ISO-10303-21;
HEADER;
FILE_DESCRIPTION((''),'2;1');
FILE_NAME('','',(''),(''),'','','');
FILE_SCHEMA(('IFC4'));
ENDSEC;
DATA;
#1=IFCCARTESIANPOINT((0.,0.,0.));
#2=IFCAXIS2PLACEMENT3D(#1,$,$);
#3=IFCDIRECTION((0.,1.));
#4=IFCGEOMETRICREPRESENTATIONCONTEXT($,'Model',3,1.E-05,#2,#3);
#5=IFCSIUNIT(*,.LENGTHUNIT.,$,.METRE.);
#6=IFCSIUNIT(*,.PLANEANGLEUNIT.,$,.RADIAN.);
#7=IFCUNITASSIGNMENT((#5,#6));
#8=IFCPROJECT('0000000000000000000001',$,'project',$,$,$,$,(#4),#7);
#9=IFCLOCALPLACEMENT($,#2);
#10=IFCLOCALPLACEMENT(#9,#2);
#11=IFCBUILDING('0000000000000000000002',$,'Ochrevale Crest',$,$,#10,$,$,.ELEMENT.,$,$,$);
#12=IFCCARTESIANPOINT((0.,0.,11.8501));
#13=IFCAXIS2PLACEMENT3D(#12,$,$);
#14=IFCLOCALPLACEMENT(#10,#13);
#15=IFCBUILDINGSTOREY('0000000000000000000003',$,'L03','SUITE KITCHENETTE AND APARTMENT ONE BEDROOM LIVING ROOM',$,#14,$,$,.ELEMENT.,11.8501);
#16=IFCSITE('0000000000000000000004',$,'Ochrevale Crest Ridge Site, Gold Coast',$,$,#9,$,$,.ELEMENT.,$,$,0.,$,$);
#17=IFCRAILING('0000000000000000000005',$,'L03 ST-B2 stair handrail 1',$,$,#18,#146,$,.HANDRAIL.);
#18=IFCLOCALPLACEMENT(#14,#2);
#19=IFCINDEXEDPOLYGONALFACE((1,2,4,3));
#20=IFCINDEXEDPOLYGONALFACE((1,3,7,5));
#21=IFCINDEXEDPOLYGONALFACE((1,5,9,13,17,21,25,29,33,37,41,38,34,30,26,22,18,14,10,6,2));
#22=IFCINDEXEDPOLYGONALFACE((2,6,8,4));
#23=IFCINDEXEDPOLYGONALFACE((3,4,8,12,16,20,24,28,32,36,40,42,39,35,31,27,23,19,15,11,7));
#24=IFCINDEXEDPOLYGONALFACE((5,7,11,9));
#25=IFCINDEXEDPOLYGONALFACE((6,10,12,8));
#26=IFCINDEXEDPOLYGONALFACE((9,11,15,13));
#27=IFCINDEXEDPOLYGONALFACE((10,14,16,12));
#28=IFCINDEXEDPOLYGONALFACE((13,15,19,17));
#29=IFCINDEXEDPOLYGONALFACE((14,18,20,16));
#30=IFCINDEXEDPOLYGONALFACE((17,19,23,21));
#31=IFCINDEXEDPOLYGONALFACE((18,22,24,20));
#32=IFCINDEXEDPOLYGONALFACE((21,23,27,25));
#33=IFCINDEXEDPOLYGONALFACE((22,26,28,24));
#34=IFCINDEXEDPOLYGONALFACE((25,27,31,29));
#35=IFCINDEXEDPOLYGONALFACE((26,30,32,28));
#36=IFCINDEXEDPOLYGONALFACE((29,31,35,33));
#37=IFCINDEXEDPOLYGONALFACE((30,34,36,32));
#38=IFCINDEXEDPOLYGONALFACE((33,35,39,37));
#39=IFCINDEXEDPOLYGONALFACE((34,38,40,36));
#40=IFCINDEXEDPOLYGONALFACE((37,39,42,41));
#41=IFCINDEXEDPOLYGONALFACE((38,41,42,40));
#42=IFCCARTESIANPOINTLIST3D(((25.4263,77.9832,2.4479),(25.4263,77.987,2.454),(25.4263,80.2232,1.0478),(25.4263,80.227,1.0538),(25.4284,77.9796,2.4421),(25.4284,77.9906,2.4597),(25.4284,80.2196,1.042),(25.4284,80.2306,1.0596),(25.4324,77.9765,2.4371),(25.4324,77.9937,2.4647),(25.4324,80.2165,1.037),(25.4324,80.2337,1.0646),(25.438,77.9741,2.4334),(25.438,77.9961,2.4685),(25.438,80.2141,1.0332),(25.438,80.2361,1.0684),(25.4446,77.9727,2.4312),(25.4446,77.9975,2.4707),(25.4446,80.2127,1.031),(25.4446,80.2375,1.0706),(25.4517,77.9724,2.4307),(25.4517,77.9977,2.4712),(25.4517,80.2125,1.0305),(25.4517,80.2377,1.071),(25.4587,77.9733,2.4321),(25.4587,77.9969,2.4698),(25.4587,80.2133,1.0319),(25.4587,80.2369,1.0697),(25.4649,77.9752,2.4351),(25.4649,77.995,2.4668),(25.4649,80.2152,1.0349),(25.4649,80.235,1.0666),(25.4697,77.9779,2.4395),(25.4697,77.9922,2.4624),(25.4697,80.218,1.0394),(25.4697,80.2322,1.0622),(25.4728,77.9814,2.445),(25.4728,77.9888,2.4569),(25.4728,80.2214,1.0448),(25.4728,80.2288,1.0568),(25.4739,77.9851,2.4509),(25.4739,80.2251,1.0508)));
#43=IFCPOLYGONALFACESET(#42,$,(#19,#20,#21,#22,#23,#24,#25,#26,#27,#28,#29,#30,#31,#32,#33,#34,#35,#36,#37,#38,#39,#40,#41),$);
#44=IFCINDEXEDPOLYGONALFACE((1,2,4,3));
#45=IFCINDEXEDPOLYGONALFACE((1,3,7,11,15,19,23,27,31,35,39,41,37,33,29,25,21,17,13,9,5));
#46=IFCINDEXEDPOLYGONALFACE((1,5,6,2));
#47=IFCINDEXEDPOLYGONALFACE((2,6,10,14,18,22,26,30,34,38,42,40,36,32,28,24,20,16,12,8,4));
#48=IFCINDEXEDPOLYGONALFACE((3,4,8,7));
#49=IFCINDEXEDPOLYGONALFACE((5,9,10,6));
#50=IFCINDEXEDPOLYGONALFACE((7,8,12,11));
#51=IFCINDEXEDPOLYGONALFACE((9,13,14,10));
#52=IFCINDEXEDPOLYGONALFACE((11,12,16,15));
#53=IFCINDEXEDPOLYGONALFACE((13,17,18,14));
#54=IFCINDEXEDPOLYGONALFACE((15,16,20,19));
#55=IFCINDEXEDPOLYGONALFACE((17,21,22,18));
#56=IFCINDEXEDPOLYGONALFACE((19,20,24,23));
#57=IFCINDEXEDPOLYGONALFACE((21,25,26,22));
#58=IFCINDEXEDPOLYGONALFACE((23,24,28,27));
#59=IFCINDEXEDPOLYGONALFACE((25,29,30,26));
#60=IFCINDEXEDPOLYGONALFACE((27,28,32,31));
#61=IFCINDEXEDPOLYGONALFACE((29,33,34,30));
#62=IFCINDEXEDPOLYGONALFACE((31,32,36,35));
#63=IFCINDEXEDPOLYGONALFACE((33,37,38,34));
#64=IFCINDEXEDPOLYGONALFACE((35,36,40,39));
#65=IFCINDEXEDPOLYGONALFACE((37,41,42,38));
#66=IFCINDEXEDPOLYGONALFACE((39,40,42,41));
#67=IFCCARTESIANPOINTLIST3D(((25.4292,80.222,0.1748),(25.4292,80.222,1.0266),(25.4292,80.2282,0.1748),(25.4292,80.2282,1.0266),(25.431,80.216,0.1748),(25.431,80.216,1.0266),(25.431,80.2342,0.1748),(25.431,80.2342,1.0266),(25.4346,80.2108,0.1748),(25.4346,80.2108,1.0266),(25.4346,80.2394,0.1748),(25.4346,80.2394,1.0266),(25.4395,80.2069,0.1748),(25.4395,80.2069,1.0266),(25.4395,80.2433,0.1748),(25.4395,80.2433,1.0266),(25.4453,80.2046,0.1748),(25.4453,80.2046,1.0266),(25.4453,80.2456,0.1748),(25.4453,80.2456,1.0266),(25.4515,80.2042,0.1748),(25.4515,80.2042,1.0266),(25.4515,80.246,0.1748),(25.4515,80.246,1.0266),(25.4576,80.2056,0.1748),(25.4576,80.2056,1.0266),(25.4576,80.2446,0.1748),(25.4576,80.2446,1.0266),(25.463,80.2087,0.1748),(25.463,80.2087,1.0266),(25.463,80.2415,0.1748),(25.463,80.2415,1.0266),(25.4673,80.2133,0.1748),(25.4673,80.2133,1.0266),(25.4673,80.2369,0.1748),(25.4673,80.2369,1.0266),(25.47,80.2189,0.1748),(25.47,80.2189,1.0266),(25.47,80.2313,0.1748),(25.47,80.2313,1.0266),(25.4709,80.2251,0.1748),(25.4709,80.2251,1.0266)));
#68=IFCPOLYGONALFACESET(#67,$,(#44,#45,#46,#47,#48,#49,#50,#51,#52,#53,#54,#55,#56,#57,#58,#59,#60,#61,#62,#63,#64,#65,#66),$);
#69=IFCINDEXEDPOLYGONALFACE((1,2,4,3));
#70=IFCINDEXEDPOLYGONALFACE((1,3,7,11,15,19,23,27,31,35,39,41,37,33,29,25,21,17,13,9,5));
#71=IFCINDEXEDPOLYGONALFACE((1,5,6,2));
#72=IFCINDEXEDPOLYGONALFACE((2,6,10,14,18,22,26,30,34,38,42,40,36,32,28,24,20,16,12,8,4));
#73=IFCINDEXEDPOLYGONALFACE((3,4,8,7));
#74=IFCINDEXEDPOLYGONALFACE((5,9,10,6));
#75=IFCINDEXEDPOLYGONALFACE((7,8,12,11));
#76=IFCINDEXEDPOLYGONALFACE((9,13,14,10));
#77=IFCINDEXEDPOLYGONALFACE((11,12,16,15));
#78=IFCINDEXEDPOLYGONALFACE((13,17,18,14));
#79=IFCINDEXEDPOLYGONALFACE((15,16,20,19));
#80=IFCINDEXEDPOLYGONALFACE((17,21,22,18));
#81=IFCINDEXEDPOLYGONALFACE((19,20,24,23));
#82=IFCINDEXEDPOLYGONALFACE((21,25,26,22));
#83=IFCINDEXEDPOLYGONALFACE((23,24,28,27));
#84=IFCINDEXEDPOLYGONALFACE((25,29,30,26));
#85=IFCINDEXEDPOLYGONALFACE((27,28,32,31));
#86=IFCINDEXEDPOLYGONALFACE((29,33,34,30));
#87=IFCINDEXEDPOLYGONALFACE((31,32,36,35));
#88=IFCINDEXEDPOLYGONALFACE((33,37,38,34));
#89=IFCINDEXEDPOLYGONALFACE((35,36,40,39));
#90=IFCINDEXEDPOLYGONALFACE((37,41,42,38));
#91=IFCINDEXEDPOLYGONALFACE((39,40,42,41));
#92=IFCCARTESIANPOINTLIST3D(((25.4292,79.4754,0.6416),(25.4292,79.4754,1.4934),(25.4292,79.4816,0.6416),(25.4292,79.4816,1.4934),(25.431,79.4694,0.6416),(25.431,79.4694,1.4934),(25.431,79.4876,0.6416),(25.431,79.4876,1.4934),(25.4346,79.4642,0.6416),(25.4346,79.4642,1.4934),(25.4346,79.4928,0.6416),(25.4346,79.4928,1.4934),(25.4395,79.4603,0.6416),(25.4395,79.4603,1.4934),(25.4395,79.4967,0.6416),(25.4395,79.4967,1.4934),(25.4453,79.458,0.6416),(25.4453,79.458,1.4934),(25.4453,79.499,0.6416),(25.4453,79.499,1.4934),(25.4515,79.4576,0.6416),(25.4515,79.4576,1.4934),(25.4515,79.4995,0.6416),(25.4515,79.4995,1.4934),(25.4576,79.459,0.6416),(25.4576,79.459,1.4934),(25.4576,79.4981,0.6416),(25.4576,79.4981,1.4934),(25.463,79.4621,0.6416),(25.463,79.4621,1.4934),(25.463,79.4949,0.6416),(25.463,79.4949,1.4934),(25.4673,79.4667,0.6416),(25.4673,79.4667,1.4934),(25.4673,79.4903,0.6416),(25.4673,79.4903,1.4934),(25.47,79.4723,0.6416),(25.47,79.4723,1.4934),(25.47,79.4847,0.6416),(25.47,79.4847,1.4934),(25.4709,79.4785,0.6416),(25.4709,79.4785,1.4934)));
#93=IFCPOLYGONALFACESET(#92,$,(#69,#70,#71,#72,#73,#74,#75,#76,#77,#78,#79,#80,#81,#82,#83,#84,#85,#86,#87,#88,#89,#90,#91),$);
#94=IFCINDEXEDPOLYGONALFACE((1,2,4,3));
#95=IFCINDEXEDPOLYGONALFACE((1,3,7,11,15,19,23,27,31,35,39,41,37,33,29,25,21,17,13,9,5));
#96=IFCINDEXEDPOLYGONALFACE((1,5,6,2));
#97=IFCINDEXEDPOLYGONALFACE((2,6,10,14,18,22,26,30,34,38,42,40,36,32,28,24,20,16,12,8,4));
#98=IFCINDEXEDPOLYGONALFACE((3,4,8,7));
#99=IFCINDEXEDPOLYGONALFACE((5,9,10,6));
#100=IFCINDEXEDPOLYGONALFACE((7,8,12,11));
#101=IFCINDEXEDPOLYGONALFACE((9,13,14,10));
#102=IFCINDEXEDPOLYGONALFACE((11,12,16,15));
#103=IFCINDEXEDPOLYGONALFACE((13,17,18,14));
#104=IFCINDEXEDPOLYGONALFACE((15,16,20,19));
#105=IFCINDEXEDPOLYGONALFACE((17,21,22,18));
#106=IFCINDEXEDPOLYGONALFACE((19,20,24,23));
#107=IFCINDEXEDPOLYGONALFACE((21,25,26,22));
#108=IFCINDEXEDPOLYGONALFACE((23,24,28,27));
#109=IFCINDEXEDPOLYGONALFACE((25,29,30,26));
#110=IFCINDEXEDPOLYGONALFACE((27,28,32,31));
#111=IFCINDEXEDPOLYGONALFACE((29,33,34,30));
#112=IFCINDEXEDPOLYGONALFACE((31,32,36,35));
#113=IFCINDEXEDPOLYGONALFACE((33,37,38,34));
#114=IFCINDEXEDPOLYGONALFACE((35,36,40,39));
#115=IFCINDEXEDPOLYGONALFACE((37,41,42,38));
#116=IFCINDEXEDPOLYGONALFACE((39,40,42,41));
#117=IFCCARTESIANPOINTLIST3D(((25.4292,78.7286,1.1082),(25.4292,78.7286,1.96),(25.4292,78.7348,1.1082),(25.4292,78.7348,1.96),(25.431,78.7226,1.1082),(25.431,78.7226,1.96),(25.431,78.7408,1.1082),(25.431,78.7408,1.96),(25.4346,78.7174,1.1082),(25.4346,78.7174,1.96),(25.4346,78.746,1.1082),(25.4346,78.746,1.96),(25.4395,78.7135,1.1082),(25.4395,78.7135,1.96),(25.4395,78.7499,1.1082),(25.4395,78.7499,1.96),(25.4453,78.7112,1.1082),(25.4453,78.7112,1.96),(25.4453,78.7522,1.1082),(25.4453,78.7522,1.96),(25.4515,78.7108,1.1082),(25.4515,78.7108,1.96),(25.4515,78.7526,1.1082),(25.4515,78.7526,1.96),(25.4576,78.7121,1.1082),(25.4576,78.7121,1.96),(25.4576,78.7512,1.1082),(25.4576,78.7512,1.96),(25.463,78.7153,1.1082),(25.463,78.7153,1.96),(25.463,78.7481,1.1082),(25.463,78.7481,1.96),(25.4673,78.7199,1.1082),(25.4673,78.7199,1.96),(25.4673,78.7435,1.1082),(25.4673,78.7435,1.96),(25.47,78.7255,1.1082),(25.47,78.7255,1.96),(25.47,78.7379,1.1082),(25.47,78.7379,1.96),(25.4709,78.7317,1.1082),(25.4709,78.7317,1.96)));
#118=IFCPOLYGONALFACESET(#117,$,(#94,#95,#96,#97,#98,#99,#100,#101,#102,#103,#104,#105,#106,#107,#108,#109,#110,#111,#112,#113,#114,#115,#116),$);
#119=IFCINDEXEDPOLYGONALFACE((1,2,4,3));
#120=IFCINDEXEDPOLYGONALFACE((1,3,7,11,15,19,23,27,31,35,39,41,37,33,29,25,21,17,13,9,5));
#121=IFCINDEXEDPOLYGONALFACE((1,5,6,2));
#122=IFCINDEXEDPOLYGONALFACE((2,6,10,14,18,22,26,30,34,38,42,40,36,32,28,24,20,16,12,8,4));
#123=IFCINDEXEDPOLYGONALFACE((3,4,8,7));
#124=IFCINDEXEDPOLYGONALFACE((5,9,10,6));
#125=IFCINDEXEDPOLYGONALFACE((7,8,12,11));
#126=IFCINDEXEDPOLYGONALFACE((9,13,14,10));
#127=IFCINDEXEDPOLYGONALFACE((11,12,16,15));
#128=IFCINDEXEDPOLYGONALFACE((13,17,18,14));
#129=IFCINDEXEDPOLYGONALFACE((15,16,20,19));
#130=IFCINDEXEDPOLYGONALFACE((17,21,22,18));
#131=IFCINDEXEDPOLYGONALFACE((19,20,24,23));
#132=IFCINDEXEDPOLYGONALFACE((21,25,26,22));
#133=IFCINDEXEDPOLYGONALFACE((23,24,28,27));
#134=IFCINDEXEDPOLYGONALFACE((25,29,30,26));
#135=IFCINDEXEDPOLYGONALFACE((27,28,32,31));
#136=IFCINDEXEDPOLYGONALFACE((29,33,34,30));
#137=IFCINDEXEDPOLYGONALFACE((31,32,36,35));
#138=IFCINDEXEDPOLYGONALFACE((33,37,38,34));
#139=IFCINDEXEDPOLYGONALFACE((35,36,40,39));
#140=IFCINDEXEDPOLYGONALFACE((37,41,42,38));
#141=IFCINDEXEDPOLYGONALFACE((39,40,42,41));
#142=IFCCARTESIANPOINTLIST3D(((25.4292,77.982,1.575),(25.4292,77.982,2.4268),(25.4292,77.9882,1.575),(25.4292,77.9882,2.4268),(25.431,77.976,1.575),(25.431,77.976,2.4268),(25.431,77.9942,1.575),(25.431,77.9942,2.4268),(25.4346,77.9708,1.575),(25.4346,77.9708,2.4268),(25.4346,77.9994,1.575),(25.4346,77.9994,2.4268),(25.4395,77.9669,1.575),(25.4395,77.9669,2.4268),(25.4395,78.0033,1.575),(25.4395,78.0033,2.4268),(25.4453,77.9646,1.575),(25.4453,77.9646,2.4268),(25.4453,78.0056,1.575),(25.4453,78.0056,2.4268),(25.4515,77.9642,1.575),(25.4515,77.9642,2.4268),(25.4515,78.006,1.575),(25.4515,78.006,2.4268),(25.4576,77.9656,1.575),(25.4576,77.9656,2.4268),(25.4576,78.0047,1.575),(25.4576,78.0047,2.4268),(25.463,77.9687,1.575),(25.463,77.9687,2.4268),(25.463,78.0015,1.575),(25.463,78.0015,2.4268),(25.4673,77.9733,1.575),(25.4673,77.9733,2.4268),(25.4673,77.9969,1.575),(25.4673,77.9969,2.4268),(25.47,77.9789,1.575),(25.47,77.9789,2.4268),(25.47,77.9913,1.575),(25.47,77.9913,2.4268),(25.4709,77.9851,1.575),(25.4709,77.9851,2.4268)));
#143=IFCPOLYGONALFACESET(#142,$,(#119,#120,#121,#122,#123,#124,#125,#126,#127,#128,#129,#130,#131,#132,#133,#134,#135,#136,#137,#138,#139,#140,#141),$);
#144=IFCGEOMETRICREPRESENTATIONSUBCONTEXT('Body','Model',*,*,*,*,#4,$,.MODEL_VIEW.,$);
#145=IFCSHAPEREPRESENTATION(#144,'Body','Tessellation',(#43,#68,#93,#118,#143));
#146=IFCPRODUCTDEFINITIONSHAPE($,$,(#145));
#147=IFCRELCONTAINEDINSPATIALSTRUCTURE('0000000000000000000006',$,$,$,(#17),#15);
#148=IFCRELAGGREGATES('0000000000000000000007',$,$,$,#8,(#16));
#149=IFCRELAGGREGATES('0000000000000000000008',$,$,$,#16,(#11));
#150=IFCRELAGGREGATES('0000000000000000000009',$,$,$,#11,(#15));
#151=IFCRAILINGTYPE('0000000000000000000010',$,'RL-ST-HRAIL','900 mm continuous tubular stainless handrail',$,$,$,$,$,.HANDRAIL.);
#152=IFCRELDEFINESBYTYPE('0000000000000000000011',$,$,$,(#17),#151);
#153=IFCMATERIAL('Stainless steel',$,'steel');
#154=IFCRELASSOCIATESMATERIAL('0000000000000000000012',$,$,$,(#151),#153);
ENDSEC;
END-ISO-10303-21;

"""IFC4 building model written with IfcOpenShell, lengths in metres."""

from ifc_helpers import new_model, si_unit, direction, frame, origin, origin_2d, place, context, subcontext, project, spatial, circle, extrude, material, type_object, element, save


model = new_model("IFC4")

# Units and contexts
model_context = context("Model", 3, precision=1e-05, world=origin(), true_north=direction((0.0, 1.0)))
body_context = subcontext(model_context, "Body", "Model", "MODEL_VIEW")
ifc_project = project(units=[si_unit("LENGTHUNIT", "METRE"), si_unit("PLANEANGLEUNIT", "RADIAN")], contexts=[model_context])

# Site, building, storey
site_placement = place(None, origin())
site = spatial("IfcSite", under=ifc_project, at=site_placement, Name="Ochrevale Crest Ridge Site, Gold Coast", CompositionType="ELEMENT", RefElevation=0.0)
building_placement = place(site_placement, origin())
building = spatial("IfcBuilding", under=site, at=building_placement, Name="Ochrevale Crest", CompositionType="ELEMENT")
storey_placement = place(building_placement, frame((0.0, 0.0, 11.8501)))
storey = spatial("IfcBuildingStorey", under=building, at=storey_placement, Name="L03", Description="SUITE KITCHENETTE AND APARTMENT ONE BEDROOM LIVING ROOM", CompositionType="ELEMENT", Elevation=11.8501)

# Railing
ifc_material_1 = material(Name="Stainless steel", Category="steel")
railing_type_1 = type_object("IfcRailingType", Name="RL-ST-HRAIL", Description="900 mm continuous tubular stainless handrail", PredefinedType="HANDRAIL", material=ifc_material_1)
railing_1_placement = place(storey_placement, frame((25.45, 80.2251, 0.1748)))
element("IfcRailing", 1, at=railing_1_placement, inside=storey, type_object=railing_type_1, Name="L03 ST-B2 stair handrail 1", PredefinedType="HANDRAIL", context=body_context, shape_type="SweptSolid", body=[
    extrude(circle(Radius=0.0239, at=origin_2d()), frame((0.0, 0.0, 0.876), z_axis=(0.0, -0.847972, 0.53004), x_axis=(1.0, 0.0, 0.0)), (0.0, 0.0, 1.0), 2.6416),
    extrude(circle(Radius=0.021, at=origin_2d()), origin(), (0.0, 0.0, 1.0), 0.8518),
    extrude(circle(Radius=0.021, at=origin_2d()), frame((0.0, -0.7466, 0.4668)), (0.0, 0.0, 1.0), 0.8518),
    extrude(circle(Radius=0.021, at=origin_2d()), frame((0.0, -1.4934, 0.9333)), (0.0, 0.0, 1.0), 0.8518),
    extrude(circle(Radius=0.021, at=origin_2d()), frame((0.0, -2.24, 1.4001)), (0.0, 0.0, 1.0), 0.8518),
])

save(model, "model.ifc")
